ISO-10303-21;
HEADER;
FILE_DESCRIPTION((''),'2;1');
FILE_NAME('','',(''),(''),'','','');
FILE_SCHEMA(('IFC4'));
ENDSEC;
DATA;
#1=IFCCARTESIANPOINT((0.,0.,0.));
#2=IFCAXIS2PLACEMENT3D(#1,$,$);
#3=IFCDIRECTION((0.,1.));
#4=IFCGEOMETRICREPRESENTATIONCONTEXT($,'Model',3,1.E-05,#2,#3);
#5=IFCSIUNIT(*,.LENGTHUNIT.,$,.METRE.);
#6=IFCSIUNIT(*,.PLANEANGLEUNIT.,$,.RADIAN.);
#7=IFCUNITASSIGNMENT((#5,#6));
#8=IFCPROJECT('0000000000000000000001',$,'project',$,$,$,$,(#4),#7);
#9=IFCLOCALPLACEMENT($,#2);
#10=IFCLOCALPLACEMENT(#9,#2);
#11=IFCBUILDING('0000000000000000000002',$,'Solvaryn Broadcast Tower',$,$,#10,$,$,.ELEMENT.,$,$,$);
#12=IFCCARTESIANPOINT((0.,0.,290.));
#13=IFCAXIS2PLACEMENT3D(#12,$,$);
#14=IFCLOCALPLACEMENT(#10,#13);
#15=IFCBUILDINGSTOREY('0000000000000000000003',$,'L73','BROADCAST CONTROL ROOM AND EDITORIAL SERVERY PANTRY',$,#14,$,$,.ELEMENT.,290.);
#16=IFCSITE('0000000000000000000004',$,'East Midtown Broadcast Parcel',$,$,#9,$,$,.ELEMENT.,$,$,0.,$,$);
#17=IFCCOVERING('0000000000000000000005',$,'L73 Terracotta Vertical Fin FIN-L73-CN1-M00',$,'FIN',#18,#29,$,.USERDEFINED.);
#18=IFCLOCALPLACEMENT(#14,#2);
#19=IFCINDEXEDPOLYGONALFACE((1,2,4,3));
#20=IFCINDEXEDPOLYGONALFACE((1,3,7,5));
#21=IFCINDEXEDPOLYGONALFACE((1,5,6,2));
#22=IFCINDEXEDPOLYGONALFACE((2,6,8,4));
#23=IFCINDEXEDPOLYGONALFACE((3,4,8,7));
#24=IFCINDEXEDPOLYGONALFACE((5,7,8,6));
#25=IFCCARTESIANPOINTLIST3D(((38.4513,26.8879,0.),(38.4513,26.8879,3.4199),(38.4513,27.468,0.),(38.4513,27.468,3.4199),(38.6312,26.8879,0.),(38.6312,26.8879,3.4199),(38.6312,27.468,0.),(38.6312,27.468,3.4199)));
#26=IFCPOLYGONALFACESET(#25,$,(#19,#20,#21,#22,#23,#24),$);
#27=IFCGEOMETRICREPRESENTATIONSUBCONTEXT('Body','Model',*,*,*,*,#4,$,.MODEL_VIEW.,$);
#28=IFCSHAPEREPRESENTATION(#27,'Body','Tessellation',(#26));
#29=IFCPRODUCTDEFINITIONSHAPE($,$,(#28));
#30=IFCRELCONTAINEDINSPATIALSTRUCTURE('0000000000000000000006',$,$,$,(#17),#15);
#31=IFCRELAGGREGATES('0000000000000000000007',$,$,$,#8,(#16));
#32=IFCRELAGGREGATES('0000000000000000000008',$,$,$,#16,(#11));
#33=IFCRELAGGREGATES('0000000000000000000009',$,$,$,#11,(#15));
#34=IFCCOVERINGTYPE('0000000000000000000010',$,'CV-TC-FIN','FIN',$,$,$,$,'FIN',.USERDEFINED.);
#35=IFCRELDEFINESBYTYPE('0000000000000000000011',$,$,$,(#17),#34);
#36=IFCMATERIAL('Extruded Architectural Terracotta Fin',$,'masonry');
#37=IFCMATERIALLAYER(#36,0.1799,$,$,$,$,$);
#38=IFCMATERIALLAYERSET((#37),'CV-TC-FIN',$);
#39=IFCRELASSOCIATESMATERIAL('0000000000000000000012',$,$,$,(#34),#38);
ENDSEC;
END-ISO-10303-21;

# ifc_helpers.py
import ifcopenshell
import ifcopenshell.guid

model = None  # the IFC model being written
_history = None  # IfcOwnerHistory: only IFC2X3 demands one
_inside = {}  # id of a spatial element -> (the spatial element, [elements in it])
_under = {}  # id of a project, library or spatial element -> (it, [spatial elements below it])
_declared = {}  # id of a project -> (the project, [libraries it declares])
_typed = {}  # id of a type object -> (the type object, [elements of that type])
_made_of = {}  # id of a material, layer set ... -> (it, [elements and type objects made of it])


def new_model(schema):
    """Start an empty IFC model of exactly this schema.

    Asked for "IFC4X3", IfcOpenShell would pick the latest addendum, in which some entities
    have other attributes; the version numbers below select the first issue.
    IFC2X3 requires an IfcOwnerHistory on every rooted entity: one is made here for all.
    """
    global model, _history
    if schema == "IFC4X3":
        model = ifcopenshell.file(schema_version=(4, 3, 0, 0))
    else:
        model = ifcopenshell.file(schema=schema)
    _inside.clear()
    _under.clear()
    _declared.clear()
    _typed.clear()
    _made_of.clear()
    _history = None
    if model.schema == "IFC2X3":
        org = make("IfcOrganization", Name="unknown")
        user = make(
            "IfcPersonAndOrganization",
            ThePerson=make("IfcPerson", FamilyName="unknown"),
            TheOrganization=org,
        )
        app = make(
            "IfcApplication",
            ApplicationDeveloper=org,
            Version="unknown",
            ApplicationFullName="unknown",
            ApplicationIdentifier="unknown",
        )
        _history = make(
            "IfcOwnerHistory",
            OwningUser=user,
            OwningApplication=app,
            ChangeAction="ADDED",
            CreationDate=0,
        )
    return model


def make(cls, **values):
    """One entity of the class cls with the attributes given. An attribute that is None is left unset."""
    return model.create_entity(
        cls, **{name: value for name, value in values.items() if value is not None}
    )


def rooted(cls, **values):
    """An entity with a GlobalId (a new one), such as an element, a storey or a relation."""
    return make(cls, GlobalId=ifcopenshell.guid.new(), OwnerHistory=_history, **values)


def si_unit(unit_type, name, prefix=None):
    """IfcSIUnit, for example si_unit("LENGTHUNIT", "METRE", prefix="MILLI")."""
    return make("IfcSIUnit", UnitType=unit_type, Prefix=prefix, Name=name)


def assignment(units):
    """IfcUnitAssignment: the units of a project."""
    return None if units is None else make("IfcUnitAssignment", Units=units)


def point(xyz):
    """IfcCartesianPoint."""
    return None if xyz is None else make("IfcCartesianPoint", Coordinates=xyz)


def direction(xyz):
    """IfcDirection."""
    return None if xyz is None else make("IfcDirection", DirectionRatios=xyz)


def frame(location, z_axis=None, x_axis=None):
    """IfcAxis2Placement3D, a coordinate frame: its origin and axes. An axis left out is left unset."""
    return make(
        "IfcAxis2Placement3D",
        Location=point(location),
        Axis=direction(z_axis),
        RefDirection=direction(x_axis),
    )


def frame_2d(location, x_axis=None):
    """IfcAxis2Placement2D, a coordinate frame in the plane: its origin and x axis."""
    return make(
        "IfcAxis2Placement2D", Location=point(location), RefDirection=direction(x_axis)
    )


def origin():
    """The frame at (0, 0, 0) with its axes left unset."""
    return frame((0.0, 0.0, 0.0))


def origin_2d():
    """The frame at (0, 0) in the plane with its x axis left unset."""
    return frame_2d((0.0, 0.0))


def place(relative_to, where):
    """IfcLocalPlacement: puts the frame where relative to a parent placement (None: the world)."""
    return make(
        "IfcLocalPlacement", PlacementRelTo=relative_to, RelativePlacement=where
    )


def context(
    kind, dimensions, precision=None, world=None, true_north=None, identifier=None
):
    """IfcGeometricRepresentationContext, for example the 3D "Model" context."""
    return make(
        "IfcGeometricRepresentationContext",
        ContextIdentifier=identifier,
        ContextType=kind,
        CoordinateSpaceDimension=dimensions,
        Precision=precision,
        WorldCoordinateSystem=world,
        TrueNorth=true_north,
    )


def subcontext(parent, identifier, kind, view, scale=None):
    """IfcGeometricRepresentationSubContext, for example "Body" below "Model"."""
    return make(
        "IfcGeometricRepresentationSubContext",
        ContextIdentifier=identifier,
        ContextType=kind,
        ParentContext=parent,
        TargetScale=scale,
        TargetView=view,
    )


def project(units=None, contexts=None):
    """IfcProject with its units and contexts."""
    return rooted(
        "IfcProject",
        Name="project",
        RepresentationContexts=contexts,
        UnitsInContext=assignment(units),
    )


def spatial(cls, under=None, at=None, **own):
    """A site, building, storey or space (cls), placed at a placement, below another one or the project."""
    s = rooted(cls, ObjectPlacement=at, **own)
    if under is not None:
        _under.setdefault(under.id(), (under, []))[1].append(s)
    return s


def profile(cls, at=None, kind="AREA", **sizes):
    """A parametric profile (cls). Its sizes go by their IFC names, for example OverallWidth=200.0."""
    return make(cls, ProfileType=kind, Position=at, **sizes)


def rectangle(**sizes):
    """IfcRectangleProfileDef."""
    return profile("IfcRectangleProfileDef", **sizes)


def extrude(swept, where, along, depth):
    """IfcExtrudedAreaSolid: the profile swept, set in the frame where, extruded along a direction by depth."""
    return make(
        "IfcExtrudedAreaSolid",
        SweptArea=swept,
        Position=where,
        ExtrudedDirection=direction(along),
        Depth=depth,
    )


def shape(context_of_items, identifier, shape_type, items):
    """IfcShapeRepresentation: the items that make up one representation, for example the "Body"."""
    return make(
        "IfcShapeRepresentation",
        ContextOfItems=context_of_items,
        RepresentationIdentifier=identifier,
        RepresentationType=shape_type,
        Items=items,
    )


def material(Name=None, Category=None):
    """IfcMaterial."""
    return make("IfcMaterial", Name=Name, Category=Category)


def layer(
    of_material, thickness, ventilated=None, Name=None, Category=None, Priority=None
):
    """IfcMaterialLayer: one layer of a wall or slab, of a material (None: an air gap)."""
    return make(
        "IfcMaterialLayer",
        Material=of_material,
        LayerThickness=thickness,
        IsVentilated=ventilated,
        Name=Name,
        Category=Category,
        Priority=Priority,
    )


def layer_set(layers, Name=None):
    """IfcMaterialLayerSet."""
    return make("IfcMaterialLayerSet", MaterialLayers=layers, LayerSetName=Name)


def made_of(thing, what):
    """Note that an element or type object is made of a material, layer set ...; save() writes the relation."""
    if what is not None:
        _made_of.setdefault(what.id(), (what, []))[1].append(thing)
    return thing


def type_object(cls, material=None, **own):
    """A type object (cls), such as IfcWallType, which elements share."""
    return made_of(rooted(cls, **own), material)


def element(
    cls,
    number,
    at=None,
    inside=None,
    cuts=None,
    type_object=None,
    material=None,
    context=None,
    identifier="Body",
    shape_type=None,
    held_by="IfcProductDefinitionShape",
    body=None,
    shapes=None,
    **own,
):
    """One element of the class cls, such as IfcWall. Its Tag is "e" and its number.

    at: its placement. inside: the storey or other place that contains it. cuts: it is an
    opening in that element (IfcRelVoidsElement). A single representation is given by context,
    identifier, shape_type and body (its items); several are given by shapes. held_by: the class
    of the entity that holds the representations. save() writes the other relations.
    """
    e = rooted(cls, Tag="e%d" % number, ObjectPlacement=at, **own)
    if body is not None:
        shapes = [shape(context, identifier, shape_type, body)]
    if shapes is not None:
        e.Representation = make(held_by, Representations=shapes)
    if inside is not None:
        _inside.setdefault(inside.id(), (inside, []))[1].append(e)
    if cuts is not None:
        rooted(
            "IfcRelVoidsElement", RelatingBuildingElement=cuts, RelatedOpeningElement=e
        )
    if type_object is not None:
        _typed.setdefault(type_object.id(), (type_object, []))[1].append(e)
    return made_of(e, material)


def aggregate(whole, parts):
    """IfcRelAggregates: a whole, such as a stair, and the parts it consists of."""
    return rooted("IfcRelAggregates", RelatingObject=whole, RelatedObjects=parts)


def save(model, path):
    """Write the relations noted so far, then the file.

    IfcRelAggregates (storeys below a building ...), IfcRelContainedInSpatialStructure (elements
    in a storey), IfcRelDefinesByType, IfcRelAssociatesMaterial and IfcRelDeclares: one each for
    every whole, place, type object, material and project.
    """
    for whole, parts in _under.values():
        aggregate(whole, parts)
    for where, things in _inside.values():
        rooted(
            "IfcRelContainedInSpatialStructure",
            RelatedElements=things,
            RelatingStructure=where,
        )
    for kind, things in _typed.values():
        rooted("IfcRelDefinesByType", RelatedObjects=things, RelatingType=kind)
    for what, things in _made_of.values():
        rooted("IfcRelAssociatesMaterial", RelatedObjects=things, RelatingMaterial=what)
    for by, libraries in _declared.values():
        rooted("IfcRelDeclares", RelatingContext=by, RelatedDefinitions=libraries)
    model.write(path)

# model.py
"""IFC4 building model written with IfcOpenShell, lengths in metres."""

from ifc_helpers import new_model, si_unit, direction, frame, origin, origin_2d, place, context, subcontext, project, spatial, rectangle, extrude, material, layer, layer_set, type_object, element, save


model = new_model("IFC4")

# Units and contexts
model_context = context("Model", 3, precision=1e-05, world=origin(), true_north=direction((0.0, 1.0)))
body_context = subcontext(model_context, "Body", "Model", "MODEL_VIEW")
ifc_project = project(units=[si_unit("LENGTHUNIT", "METRE"), si_unit("PLANEANGLEUNIT", "RADIAN")], contexts=[model_context])

# Site, building, storey
site_placement = place(None, origin())
site = spatial("IfcSite", under=ifc_project, at=site_placement, Name="East Midtown Broadcast Parcel", CompositionType="ELEMENT", RefElevation=0.0)
building_placement = place(site_placement, origin())
building = spatial("IfcBuilding", under=site, at=building_placement, Name="Solvaryn Broadcast Tower", CompositionType="ELEMENT")
storey_placement = place(building_placement, frame((0.0, 0.0, 290.0)))
storey = spatial("IfcBuildingStorey", under=building, at=storey_placement, Name="L73", Description="BROADCAST CONTROL ROOM AND EDITORIAL SERVERY PANTRY", CompositionType="ELEMENT", Elevation=290.0)

# Covering
ifc_material_1 = material(Name="Extruded Architectural Terracotta Fin", Category="masonry")
ifc_layer_1 = layer(ifc_material_1, 0.1799)
ifc_layer_set_1 = layer_set([ifc_layer_1], Name="CV-TC-FIN")
covering_type_1 = type_object("IfcCoveringType", Name="CV-TC-FIN", Description="FIN", ElementType="FIN", PredefinedType="USERDEFINED", material=ifc_layer_set_1)
covering_1_placement = place(storey_placement, frame((38.5413, 27.178, 0.0), z_axis=(0.0, 0.0, 1.0), x_axis=(1.0, 0.0, 0.0)))
element("IfcCovering", 1, at=covering_1_placement, inside=storey, type_object=covering_type_1, Name="L73 Terracotta Vertical Fin FIN-L73-CN1-M00", ObjectType="FIN", PredefinedType="USERDEFINED", context=body_context, shape_type="SweptSolid", body=[
    extrude(rectangle(XDim=0.1799, YDim=0.5801, at=origin_2d()), origin(), (0.0, 0.0, 1.0), 3.4199),
])

save(model, "model.ifc")
